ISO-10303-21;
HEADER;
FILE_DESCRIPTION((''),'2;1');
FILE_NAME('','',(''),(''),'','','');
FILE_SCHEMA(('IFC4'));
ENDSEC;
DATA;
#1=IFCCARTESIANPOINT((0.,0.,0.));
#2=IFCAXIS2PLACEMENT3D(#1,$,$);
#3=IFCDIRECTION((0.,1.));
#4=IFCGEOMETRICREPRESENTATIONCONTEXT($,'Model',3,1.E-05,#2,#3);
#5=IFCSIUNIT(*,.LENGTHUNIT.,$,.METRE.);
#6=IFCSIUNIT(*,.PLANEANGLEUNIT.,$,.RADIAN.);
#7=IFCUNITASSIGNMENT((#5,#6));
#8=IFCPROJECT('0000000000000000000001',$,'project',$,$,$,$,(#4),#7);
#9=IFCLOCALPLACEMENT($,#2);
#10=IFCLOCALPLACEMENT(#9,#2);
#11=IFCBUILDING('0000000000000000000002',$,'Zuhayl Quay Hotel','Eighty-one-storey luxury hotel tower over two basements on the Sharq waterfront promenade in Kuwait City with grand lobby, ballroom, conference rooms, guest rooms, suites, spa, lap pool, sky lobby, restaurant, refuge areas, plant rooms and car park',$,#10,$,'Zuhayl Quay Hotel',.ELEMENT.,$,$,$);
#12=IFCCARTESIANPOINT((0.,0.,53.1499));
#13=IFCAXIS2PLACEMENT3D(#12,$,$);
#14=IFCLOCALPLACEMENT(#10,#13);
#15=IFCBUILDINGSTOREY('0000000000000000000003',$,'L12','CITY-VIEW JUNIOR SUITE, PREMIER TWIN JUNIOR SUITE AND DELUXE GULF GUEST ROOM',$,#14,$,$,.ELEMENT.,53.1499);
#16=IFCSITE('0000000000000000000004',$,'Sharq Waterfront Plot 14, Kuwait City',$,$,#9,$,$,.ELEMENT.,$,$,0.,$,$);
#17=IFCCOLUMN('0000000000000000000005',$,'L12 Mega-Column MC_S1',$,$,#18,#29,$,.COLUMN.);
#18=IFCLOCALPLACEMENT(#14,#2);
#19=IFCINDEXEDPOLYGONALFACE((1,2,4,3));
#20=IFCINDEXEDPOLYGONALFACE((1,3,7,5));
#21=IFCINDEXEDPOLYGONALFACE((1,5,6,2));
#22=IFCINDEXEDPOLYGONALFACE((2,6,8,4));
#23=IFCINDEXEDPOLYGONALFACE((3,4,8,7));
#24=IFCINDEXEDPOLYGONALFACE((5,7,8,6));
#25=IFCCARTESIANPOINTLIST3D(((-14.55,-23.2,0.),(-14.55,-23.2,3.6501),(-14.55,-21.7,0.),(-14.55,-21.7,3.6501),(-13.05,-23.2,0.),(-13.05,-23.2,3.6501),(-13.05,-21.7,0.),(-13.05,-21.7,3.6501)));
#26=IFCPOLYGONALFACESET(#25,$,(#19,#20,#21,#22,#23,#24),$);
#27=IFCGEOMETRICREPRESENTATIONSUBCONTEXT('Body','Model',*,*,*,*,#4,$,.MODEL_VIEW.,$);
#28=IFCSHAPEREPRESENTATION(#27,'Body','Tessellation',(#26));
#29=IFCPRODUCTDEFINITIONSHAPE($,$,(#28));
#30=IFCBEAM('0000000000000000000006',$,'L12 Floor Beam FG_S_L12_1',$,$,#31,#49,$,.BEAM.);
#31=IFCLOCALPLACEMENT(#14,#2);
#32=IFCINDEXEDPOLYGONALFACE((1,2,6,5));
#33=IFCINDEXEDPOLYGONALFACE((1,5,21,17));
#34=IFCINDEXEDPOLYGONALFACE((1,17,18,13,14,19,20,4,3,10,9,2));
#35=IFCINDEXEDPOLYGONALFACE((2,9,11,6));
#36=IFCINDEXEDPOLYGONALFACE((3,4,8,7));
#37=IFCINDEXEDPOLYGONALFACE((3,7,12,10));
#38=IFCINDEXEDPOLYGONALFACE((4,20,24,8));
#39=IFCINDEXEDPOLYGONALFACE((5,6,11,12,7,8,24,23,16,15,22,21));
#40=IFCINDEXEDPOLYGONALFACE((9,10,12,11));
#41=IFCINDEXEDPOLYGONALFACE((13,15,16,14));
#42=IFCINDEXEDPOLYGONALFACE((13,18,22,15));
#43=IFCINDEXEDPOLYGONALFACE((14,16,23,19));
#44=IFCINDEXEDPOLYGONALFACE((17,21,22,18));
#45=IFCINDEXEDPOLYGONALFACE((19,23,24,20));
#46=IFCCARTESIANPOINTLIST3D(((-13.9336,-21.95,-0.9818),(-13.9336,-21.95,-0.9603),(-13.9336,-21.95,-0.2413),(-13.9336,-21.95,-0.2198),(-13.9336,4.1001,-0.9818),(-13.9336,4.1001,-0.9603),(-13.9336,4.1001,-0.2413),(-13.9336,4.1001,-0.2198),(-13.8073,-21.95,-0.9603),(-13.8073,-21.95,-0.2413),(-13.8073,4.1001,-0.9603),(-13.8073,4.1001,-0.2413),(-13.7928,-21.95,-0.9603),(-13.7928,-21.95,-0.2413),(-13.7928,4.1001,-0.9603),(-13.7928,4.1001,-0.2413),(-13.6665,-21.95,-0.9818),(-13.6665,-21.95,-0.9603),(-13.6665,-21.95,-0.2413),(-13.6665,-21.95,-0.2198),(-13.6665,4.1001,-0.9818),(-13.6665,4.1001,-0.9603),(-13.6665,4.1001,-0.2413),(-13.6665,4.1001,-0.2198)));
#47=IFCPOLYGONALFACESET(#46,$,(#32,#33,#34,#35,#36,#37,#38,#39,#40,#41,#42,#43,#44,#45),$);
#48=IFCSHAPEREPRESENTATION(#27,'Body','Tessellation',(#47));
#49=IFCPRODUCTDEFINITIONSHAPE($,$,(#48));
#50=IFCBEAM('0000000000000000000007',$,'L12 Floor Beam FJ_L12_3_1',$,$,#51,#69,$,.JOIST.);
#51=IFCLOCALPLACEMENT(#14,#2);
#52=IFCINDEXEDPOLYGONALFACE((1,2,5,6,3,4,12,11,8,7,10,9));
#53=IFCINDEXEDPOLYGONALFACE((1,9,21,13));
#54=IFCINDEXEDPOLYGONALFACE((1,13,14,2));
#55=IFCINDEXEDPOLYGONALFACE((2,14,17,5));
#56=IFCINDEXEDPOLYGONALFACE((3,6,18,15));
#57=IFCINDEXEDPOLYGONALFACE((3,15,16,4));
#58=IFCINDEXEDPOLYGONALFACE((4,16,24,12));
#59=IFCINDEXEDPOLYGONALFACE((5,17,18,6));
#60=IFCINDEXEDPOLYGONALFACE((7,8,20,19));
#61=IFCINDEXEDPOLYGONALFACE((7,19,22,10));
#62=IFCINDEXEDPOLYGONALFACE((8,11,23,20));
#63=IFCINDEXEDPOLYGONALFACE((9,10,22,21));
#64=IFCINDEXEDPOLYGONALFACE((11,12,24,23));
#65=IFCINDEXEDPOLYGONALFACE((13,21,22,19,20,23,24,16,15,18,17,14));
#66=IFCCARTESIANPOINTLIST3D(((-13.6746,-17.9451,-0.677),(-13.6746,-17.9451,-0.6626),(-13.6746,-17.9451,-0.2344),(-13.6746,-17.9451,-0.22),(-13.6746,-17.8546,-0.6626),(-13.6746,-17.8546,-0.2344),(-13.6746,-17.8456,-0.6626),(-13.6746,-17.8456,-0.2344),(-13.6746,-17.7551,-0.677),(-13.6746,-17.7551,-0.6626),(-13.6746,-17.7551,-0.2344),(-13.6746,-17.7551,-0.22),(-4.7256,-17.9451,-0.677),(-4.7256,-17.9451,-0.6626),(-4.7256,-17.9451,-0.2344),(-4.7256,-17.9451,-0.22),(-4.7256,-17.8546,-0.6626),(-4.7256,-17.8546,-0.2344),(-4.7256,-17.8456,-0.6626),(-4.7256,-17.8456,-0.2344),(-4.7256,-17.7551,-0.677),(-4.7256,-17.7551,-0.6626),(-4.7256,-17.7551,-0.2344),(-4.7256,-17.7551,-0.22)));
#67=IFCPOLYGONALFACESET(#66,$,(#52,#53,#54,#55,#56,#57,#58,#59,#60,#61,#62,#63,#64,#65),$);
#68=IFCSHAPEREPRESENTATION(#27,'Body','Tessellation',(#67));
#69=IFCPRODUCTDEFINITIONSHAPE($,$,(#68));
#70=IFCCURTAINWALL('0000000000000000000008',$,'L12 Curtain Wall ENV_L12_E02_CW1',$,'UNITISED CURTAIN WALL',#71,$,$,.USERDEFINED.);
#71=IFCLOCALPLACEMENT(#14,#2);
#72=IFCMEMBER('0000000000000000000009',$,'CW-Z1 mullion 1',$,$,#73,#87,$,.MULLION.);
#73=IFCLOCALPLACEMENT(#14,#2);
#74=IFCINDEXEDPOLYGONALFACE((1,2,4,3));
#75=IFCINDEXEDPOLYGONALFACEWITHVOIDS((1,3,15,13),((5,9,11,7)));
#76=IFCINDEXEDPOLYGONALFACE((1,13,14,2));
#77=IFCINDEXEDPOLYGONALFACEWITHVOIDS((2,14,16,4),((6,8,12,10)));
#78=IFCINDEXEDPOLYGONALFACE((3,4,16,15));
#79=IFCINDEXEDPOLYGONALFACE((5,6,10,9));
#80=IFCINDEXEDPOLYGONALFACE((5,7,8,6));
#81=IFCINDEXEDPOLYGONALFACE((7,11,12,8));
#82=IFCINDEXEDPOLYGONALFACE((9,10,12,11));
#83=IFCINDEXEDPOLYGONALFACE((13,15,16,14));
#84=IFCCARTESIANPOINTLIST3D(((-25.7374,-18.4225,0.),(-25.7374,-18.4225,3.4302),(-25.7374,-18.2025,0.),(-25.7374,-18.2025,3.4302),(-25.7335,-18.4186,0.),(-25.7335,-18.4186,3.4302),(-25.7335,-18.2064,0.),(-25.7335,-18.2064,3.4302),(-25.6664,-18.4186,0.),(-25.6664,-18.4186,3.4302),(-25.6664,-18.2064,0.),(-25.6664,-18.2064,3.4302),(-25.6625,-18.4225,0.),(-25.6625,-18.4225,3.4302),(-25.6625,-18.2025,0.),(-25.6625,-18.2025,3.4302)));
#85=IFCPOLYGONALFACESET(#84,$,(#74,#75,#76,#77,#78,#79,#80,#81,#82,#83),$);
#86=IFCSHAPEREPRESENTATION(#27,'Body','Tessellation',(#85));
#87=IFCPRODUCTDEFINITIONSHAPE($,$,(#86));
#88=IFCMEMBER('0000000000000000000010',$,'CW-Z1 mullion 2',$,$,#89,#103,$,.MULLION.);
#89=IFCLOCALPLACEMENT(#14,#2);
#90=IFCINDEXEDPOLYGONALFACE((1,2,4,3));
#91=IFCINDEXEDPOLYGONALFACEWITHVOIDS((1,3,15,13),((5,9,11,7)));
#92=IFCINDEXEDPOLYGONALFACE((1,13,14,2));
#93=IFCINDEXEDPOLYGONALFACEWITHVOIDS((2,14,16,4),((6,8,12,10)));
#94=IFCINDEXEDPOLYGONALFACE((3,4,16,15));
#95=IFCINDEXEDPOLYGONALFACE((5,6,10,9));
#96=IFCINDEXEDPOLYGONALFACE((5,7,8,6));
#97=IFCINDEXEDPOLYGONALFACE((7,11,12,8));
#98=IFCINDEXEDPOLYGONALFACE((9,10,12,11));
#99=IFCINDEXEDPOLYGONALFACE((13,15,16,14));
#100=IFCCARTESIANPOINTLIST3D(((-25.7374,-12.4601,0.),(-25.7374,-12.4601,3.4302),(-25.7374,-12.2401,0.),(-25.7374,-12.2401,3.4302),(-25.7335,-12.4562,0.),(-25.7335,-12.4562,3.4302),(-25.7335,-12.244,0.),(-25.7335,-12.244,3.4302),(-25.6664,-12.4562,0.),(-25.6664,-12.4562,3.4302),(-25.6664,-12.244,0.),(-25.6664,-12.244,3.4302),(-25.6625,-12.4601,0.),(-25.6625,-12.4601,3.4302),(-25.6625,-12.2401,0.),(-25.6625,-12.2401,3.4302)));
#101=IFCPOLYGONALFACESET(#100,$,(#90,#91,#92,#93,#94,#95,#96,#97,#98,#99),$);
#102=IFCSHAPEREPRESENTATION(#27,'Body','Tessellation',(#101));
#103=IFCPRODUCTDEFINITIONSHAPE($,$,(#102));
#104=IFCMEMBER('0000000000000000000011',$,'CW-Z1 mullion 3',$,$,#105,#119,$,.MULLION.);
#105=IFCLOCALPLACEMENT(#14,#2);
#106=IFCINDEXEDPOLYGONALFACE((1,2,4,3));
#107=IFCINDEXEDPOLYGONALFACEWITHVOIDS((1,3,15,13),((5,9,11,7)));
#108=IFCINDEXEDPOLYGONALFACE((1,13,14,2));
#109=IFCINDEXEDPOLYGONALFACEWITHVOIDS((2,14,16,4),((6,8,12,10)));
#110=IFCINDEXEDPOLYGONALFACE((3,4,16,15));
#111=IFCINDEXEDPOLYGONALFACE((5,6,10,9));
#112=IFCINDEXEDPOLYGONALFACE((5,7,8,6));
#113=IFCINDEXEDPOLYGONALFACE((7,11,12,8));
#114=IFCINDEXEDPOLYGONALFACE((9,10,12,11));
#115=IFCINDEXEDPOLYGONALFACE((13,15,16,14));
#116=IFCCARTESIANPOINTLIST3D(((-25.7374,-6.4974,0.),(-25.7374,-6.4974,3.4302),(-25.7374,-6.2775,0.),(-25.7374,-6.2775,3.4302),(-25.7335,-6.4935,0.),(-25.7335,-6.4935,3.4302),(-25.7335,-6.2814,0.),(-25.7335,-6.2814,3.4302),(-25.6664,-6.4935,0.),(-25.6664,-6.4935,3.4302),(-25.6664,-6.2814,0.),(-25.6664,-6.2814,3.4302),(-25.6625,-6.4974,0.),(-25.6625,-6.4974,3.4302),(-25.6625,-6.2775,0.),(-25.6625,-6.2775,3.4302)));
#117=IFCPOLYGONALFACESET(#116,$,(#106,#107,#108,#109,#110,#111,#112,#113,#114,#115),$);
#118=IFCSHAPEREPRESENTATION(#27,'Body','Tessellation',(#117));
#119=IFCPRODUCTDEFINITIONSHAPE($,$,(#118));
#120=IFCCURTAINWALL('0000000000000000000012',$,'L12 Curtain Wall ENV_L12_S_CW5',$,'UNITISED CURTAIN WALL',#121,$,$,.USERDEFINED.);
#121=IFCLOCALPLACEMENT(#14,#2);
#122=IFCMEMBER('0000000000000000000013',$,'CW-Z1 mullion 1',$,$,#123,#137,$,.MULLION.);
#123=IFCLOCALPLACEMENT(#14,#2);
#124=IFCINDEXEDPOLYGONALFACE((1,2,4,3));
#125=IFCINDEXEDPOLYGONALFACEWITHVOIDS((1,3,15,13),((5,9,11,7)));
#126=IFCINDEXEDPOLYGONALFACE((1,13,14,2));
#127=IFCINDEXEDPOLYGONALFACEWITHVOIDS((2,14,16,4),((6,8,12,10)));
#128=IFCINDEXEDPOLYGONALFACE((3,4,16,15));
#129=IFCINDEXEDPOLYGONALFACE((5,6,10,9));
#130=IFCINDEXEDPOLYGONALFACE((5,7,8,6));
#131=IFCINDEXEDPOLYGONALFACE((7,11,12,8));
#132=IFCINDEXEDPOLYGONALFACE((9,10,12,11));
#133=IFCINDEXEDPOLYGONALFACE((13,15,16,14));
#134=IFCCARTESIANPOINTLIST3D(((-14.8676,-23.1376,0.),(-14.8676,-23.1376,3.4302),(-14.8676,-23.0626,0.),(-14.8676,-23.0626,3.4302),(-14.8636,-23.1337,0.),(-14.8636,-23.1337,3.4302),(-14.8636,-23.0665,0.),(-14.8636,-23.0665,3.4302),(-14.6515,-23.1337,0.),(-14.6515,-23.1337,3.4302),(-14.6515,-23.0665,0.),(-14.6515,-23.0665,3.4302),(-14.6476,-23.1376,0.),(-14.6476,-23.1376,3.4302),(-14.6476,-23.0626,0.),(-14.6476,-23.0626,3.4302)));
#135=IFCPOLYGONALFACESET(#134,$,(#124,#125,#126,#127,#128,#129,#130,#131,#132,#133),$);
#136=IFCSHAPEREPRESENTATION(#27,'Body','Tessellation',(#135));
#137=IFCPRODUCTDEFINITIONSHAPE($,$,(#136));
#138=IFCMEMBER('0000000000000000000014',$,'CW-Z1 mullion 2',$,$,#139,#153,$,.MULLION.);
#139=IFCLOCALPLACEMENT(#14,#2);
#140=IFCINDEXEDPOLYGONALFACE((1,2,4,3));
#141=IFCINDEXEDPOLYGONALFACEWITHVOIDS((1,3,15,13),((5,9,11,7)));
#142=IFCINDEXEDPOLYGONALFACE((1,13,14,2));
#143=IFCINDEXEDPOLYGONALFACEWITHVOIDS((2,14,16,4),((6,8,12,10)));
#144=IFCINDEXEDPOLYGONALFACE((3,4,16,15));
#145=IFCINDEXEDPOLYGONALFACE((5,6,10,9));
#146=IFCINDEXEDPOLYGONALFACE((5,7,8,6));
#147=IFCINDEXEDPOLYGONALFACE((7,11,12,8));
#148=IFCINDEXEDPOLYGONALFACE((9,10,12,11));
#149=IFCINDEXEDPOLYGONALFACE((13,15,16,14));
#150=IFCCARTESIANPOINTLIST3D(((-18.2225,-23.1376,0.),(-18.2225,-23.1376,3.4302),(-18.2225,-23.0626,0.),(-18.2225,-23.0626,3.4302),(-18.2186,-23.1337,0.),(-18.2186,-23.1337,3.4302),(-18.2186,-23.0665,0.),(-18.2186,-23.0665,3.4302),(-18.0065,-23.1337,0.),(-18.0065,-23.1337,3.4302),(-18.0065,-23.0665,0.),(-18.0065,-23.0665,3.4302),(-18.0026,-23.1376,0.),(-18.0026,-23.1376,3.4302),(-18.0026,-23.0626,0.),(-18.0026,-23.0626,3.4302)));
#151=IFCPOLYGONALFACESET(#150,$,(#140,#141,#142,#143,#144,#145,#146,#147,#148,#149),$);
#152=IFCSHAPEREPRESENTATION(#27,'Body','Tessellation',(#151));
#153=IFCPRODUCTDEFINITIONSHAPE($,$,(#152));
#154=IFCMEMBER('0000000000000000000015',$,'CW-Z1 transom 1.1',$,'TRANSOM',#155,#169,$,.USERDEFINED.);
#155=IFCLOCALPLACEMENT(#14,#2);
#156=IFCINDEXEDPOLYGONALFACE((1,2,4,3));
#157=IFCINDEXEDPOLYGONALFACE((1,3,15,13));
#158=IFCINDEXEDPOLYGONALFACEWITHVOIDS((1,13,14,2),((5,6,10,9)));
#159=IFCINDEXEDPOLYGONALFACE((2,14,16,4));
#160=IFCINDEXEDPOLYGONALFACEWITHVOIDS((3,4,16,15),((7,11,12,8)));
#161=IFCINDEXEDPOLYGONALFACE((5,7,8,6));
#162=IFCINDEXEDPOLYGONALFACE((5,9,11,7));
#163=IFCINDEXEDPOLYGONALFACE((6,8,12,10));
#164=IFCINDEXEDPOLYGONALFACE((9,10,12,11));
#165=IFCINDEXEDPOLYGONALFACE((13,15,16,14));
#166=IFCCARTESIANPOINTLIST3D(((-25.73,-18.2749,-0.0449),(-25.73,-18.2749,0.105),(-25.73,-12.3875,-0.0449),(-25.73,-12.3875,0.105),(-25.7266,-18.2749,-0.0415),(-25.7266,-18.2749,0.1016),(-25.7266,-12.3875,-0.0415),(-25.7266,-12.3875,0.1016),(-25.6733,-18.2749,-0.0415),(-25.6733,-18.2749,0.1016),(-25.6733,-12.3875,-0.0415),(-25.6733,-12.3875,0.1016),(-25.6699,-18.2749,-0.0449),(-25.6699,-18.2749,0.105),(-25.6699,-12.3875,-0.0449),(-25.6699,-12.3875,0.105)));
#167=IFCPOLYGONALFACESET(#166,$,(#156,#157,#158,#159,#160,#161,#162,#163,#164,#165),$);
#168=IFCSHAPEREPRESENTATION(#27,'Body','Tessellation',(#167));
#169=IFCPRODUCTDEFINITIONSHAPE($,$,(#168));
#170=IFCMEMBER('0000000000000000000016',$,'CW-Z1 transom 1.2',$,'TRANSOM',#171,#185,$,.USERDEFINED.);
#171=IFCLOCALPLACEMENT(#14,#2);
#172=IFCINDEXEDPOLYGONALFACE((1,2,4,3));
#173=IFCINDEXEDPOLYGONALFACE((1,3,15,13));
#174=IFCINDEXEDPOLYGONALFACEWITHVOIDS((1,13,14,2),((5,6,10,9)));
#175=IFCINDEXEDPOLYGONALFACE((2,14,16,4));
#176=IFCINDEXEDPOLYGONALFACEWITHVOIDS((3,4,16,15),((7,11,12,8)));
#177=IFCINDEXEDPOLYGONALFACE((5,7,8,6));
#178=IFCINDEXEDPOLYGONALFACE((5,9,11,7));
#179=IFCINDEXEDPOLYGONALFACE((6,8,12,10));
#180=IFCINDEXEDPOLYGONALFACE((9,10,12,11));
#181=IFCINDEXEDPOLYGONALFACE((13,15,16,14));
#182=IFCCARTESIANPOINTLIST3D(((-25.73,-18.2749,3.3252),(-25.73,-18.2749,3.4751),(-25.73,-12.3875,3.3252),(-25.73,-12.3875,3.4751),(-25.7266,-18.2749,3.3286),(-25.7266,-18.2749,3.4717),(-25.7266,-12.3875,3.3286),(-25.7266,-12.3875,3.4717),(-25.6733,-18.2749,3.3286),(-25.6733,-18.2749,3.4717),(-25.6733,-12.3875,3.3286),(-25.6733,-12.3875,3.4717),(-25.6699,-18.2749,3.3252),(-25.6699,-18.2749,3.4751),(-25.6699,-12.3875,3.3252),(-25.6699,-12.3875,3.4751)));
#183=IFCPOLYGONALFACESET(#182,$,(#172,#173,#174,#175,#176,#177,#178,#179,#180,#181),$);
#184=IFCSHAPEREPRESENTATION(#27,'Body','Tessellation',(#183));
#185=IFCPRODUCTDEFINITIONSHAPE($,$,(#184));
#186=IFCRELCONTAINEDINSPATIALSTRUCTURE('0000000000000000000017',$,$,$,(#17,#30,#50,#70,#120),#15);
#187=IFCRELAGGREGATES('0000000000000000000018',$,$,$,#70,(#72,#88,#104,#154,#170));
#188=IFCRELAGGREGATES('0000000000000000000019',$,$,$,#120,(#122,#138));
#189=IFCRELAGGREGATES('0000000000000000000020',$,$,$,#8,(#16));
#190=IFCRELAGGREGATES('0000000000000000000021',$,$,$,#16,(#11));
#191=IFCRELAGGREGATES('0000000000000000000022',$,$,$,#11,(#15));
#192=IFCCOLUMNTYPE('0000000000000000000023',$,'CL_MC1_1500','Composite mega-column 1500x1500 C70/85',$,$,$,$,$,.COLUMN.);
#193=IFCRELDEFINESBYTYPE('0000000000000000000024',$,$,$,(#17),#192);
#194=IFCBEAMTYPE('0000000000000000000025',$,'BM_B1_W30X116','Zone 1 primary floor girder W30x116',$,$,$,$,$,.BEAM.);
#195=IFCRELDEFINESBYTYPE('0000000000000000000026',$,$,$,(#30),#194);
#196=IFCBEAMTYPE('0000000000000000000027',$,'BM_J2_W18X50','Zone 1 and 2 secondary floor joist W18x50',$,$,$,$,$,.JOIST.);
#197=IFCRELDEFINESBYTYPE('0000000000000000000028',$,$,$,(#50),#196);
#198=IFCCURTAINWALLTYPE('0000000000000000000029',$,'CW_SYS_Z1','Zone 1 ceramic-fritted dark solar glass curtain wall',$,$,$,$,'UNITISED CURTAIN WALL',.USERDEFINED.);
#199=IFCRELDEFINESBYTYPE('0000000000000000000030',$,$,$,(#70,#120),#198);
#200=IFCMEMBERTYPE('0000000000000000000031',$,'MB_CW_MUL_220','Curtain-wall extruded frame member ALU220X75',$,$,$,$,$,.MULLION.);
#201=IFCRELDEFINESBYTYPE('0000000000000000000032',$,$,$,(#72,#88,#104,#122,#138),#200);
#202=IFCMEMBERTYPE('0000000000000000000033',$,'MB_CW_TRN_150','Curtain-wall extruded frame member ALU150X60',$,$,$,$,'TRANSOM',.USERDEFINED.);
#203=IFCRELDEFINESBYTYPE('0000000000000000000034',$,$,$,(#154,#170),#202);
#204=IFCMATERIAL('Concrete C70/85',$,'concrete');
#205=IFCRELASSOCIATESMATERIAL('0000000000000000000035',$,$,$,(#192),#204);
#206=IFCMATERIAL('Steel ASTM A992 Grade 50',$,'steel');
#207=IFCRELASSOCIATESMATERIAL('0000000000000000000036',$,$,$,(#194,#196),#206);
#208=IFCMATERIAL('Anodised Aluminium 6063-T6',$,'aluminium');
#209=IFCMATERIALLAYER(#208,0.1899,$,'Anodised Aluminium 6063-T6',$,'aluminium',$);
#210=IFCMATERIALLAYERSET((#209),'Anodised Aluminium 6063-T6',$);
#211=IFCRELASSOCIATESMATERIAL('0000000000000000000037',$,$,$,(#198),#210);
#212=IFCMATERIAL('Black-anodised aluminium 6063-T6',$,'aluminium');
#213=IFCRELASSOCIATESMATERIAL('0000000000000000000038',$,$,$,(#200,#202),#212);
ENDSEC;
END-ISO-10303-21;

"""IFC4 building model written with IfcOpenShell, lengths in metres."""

from ifc_helpers import new_model, si_unit, direction, frame, origin, origin_2d, place, context, subcontext, project, spatial, rectangle, hollow_rectangle, i_section, extrude, material, layer, layer_set, material_profile, profile_set, type_object, element, aggregate, save


model = new_model("IFC4")

# Units and contexts
model_context = context("Model", 3, precision=1e-05, world=origin(), true_north=direction((0.0, 1.0)))
body_context = subcontext(model_context, "Body", "Model", "MODEL_VIEW")
ifc_project = project(units=[si_unit("LENGTHUNIT", "METRE"), si_unit("PLANEANGLEUNIT", "RADIAN")], contexts=[model_context])

# Site, building, storey
site_placement = place(None, origin())
site = spatial("IfcSite", under=ifc_project, at=site_placement, Name="Sharq Waterfront Plot 14, Kuwait City", CompositionType="ELEMENT", RefElevation=0.0)
building_placement = place(site_placement, origin())
building = spatial("IfcBuilding", under=site, at=building_placement, Name="Zuhayl Quay Hotel", Description="Eighty-one-storey luxury hotel tower over two basements on the Sharq waterfront promenade in Kuwait City with grand lobby, ballroom, conference rooms, guest rooms, suites, spa, lap pool, sky lobby, restaurant, refuge areas, plant rooms and car park", LongName="Zuhayl Quay Hotel", CompositionType="ELEMENT")
storey_placement = place(building_placement, frame((0.0, 0.0, 53.1499)))
storey = spatial("IfcBuildingStorey", under=building, at=storey_placement, Name="L12", Description="CITY-VIEW JUNIOR SUITE, PREMIER TWIN JUNIOR SUITE AND DELUXE GULF GUEST ROOM", CompositionType="ELEMENT", Elevation=53.1499)

# Column
ifc_material_1 = material(Name="Concrete C70/85", Category="concrete")
ifc_material_profile_1 = material_profile(ifc_material_1, rectangle(XDim=1.5, YDim=1.5, at=origin_2d()), Name="RC1500X1500")
ifc_profile_set_1 = profile_set([ifc_material_profile_1], Name="Concrete C70/85")
column_type = type_object("IfcColumnType", Name="CL_MC1_1500", Description="Composite mega-column 1500x1500 C70/85", PredefinedType="COLUMN", material=ifc_profile_set_1)
column_placement = place(storey_placement, frame((-13.8, -22.45, 0.0), z_axis=(0.0, 0.0, 1.0), x_axis=(1.0, 0.0, 0.0)))
element("IfcColumn", 1, at=column_placement, inside=storey, type_object=column_type, Name="L12 Mega-Column MC_S1", PredefinedType="COLUMN", context=body_context, shape_type="SweptSolid", body=[
    extrude(rectangle(XDim=1.5, YDim=1.5, at=origin_2d()), origin(), (0.0, 0.0, 1.0), 3.6501),
])

# Beams
ifc_material_2 = material(Name="Steel ASTM A992 Grade 50", Category="steel")
ifc_material_profile_2 = material_profile(ifc_material_2, i_section(OverallWidth=0.2671, OverallDepth=0.762, WebThickness=0.0144, FlangeThickness=0.0215, at=origin_2d()), Name="W30X116")
ifc_profile_set_2 = profile_set([ifc_material_profile_2], Name="Steel ASTM A992 Grade 50")
beam_type_1 = type_object("IfcBeamType", Name="BM_B1_W30X116", Description="Zone 1 primary floor girder W30x116", PredefinedType="BEAM", material=ifc_profile_set_2)
beam_1_placement = place(storey_placement, frame((-13.8, -21.95, -0.6008), z_axis=(0.0, 1.0, 0.0), x_axis=(-1.0, 0.0, 0.0)))
element("IfcBeam", 2, at=beam_1_placement, inside=storey, type_object=beam_type_1, Name="L12 Floor Beam FG_S_L12_1", PredefinedType="BEAM", context=body_context, shape_type="SweptSolid", body=[
    extrude(i_section(OverallWidth=0.2671, OverallDepth=0.762, WebThickness=0.0144, FlangeThickness=0.0215, at=origin_2d()), origin(), (0.0, 0.0, 1.0), 26.05),
])
ifc_material_profile_3 = material_profile(ifc_material_2, i_section(OverallWidth=0.1899, OverallDepth=0.457, WebThickness=0.009, FlangeThickness=0.0144, at=origin_2d()), Name="W18X50")
ifc_profile_set_3 = profile_set([ifc_material_profile_3], Name="Steel ASTM A992 Grade 50")
beam_type_2 = type_object("IfcBeamType", Name="BM_J2_W18X50", Description="Zone 1 and 2 secondary floor joist W18x50", PredefinedType="JOIST", material=ifc_profile_set_3)
beam_2_placement = place(storey_placement, frame((-13.6746, -17.8501, -0.4485), z_axis=(1.0, 0.0, 0.0), x_axis=(0.0, 1.0, 0.0)))
element("IfcBeam", 3, at=beam_2_placement, inside=storey, type_object=beam_type_2, Name="L12 Floor Beam FJ_L12_3_1", PredefinedType="JOIST", context=body_context, shape_type="SweptSolid", body=[
    extrude(i_section(OverallWidth=0.1899, OverallDepth=0.457, WebThickness=0.009, FlangeThickness=0.0144, at=origin_2d()), origin(), (0.0, 0.0, 1.0), 8.949),
])

# Curtain walls, members
ifc_material_3 = material(Name="Anodised Aluminium 6063-T6", Category="aluminium")
ifc_layer_1 = layer(ifc_material_3, 0.1899, Name="Anodised Aluminium 6063-T6", Category="aluminium")
ifc_layer_set_1 = layer_set([ifc_layer_1], Name="Anodised Aluminium 6063-T6")
curtain_wall_type = type_object("IfcCurtainWallType", Name="CW_SYS_Z1", Description="Zone 1 ceramic-fritted dark solar glass curtain wall", ElementType="UNITISED CURTAIN WALL", PredefinedType="USERDEFINED", material=ifc_layer_set_1)
curtain_wall_1_placement = place(storey_placement, origin())
curtain_wall_1 = element("IfcCurtainWall", 4, at=curtain_wall_1_placement, inside=storey, type_object=curtain_wall_type, Name="L12 Curtain Wall ENV_L12_E02_CW1", ObjectType="UNITISED CURTAIN WALL", PredefinedType="USERDEFINED")
ifc_material_4 = material(Name="Black-anodised aluminium 6063-T6", Category="aluminium")
ifc_material_profile_4 = material_profile(ifc_material_4, hollow_rectangle(XDim=0.075, YDim=0.22, WallThickness=0.0039, at=origin_2d()), Name="ALU220X75")
ifc_profile_set_4 = profile_set([ifc_material_profile_4], Name="Black-anodised aluminium 6063-T6")
member_type_1 = type_object("IfcMemberType", Name="MB_CW_MUL_220", Description="Curtain-wall extruded frame member ALU220X75", PredefinedType="MULLION", material=ifc_profile_set_4)
member_1_placement = place(storey_placement, frame((-25.7, -18.3125, 0.0), z_axis=(0.0, 0.0, 1.0), x_axis=(-1.0, 0.0, 0.0)))
member_1 = element("IfcMember", 5, at=member_1_placement, type_object=member_type_1, Name="CW-Z1 mullion 1", PredefinedType="MULLION", context=body_context, shape_type="SweptSolid", body=[
    extrude(hollow_rectangle(XDim=0.075, YDim=0.22, WallThickness=0.0039, at=origin_2d()), origin(), (0.0, 0.0, 1.0), 3.4302),
])
member_2_placement = place(storey_placement, frame((-25.7, -12.3501, 0.0), z_axis=(0.0, 0.0, 1.0), x_axis=(-1.0, 0.0, 0.0)))
member_2 = element("IfcMember", 6, at=member_2_placement, type_object=member_type_1, Name="CW-Z1 mullion 2", PredefinedType="MULLION", context=body_context, shape_type="SweptSolid", body=[
    extrude(hollow_rectangle(XDim=0.075, YDim=0.22, WallThickness=0.0039, at=origin_2d()), origin(), (0.0, 0.0, 1.0), 3.4302),
])
member_3_placement = place(storey_placement, frame((-25.7, -6.3875, 0.0), z_axis=(0.0, 0.0, 1.0), x_axis=(-1.0, 0.0, 0.0)))
member_3 = element("IfcMember", 7, at=member_3_placement, type_object=member_type_1, Name="CW-Z1 mullion 3", PredefinedType="MULLION", context=body_context, shape_type="SweptSolid", body=[
    extrude(hollow_rectangle(XDim=0.075, YDim=0.22, WallThickness=0.0039, at=origin_2d()), origin(), (0.0, 0.0, 1.0), 3.4302),
])
curtain_wall_2_placement = place(storey_placement, origin())
curtain_wall_2 = element("IfcCurtainWall", 8, at=curtain_wall_2_placement, inside=storey, type_object=curtain_wall_type, Name="L12 Curtain Wall ENV_L12_S_CW5", ObjectType="UNITISED CURTAIN WALL", PredefinedType="USERDEFINED")
member_4_placement = place(storey_placement, frame((-14.7576, -23.1001, 0.0), z_axis=(0.0, 0.0, 1.0), x_axis=(0.0, -1.0, 0.0)))
member_4 = element("IfcMember", 9, at=member_4_placement, type_object=member_type_1, Name="CW-Z1 mullion 1", PredefinedType="MULLION", context=body_context, shape_type="SweptSolid", body=[
    extrude(hollow_rectangle(XDim=0.075, YDim=0.22, WallThickness=0.0039, at=origin_2d()), origin(), (0.0, 0.0, 1.0), 3.4302),
])
member_5_placement = place(storey_placement, frame((-18.1125, -23.1001, 0.0), z_axis=(0.0, 0.0, 1.0), x_axis=(0.0, -1.0, 0.0)))
member_5 = element("IfcMember", 10, at=member_5_placement, type_object=member_type_1, Name="CW-Z1 mullion 2", PredefinedType="MULLION", context=body_context, shape_type="SweptSolid", body=[
    extrude(hollow_rectangle(XDim=0.075, YDim=0.22, WallThickness=0.0039, at=origin_2d()), origin(), (0.0, 0.0, 1.0), 3.4302),
])

# Members
ifc_material_profile_5 = material_profile(ifc_material_4, hollow_rectangle(XDim=0.0601, YDim=0.1499, WallThickness=0.0034, at=origin_2d()), Name="ALU150X60")
ifc_profile_set_5 = profile_set([ifc_material_profile_5], Name="Black-anodised aluminium 6063-T6")
member_type_2 = type_object("IfcMemberType", Name="MB_CW_TRN_150", Description="Curtain-wall extruded frame member ALU150X60", ElementType="TRANSOM", PredefinedType="USERDEFINED", material=ifc_profile_set_5)
member_6_placement = place(storey_placement, frame((-25.7, -18.2749, 0.03), z_axis=(0.0, 1.0, 0.0), x_axis=(-1.0, 0.0, 0.0)))
member_6 = element("IfcMember", 11, at=member_6_placement, type_object=member_type_2, Name="CW-Z1 transom 1.1", ObjectType="TRANSOM", PredefinedType="USERDEFINED", context=body_context, shape_type="SweptSolid", body=[
    extrude(hollow_rectangle(XDim=0.0601, YDim=0.1499, WallThickness=0.0034, at=origin_2d()), origin(), (0.0, 0.0, 1.0), 5.8875),
])
member_7_placement = place(storey_placement, frame((-25.7, -18.2749, 3.4001), z_axis=(0.0, 1.0, 0.0), x_axis=(-1.0, 0.0, 0.0)))
member_7 = element("IfcMember", 12, at=member_7_placement, type_object=member_type_2, Name="CW-Z1 transom 1.2", ObjectType="TRANSOM", PredefinedType="USERDEFINED", context=body_context, shape_type="SweptSolid", body=[
    extrude(hollow_rectangle(XDim=0.0601, YDim=0.1499, WallThickness=0.0034, at=origin_2d()), origin(), (0.0, 0.0, 1.0), 5.8875),
])

aggregate(curtain_wall_1, [member_1, member_2, member_3, member_6, member_7])
aggregate(curtain_wall_2, [member_4, member_5])

save(model, "model.ifc")
